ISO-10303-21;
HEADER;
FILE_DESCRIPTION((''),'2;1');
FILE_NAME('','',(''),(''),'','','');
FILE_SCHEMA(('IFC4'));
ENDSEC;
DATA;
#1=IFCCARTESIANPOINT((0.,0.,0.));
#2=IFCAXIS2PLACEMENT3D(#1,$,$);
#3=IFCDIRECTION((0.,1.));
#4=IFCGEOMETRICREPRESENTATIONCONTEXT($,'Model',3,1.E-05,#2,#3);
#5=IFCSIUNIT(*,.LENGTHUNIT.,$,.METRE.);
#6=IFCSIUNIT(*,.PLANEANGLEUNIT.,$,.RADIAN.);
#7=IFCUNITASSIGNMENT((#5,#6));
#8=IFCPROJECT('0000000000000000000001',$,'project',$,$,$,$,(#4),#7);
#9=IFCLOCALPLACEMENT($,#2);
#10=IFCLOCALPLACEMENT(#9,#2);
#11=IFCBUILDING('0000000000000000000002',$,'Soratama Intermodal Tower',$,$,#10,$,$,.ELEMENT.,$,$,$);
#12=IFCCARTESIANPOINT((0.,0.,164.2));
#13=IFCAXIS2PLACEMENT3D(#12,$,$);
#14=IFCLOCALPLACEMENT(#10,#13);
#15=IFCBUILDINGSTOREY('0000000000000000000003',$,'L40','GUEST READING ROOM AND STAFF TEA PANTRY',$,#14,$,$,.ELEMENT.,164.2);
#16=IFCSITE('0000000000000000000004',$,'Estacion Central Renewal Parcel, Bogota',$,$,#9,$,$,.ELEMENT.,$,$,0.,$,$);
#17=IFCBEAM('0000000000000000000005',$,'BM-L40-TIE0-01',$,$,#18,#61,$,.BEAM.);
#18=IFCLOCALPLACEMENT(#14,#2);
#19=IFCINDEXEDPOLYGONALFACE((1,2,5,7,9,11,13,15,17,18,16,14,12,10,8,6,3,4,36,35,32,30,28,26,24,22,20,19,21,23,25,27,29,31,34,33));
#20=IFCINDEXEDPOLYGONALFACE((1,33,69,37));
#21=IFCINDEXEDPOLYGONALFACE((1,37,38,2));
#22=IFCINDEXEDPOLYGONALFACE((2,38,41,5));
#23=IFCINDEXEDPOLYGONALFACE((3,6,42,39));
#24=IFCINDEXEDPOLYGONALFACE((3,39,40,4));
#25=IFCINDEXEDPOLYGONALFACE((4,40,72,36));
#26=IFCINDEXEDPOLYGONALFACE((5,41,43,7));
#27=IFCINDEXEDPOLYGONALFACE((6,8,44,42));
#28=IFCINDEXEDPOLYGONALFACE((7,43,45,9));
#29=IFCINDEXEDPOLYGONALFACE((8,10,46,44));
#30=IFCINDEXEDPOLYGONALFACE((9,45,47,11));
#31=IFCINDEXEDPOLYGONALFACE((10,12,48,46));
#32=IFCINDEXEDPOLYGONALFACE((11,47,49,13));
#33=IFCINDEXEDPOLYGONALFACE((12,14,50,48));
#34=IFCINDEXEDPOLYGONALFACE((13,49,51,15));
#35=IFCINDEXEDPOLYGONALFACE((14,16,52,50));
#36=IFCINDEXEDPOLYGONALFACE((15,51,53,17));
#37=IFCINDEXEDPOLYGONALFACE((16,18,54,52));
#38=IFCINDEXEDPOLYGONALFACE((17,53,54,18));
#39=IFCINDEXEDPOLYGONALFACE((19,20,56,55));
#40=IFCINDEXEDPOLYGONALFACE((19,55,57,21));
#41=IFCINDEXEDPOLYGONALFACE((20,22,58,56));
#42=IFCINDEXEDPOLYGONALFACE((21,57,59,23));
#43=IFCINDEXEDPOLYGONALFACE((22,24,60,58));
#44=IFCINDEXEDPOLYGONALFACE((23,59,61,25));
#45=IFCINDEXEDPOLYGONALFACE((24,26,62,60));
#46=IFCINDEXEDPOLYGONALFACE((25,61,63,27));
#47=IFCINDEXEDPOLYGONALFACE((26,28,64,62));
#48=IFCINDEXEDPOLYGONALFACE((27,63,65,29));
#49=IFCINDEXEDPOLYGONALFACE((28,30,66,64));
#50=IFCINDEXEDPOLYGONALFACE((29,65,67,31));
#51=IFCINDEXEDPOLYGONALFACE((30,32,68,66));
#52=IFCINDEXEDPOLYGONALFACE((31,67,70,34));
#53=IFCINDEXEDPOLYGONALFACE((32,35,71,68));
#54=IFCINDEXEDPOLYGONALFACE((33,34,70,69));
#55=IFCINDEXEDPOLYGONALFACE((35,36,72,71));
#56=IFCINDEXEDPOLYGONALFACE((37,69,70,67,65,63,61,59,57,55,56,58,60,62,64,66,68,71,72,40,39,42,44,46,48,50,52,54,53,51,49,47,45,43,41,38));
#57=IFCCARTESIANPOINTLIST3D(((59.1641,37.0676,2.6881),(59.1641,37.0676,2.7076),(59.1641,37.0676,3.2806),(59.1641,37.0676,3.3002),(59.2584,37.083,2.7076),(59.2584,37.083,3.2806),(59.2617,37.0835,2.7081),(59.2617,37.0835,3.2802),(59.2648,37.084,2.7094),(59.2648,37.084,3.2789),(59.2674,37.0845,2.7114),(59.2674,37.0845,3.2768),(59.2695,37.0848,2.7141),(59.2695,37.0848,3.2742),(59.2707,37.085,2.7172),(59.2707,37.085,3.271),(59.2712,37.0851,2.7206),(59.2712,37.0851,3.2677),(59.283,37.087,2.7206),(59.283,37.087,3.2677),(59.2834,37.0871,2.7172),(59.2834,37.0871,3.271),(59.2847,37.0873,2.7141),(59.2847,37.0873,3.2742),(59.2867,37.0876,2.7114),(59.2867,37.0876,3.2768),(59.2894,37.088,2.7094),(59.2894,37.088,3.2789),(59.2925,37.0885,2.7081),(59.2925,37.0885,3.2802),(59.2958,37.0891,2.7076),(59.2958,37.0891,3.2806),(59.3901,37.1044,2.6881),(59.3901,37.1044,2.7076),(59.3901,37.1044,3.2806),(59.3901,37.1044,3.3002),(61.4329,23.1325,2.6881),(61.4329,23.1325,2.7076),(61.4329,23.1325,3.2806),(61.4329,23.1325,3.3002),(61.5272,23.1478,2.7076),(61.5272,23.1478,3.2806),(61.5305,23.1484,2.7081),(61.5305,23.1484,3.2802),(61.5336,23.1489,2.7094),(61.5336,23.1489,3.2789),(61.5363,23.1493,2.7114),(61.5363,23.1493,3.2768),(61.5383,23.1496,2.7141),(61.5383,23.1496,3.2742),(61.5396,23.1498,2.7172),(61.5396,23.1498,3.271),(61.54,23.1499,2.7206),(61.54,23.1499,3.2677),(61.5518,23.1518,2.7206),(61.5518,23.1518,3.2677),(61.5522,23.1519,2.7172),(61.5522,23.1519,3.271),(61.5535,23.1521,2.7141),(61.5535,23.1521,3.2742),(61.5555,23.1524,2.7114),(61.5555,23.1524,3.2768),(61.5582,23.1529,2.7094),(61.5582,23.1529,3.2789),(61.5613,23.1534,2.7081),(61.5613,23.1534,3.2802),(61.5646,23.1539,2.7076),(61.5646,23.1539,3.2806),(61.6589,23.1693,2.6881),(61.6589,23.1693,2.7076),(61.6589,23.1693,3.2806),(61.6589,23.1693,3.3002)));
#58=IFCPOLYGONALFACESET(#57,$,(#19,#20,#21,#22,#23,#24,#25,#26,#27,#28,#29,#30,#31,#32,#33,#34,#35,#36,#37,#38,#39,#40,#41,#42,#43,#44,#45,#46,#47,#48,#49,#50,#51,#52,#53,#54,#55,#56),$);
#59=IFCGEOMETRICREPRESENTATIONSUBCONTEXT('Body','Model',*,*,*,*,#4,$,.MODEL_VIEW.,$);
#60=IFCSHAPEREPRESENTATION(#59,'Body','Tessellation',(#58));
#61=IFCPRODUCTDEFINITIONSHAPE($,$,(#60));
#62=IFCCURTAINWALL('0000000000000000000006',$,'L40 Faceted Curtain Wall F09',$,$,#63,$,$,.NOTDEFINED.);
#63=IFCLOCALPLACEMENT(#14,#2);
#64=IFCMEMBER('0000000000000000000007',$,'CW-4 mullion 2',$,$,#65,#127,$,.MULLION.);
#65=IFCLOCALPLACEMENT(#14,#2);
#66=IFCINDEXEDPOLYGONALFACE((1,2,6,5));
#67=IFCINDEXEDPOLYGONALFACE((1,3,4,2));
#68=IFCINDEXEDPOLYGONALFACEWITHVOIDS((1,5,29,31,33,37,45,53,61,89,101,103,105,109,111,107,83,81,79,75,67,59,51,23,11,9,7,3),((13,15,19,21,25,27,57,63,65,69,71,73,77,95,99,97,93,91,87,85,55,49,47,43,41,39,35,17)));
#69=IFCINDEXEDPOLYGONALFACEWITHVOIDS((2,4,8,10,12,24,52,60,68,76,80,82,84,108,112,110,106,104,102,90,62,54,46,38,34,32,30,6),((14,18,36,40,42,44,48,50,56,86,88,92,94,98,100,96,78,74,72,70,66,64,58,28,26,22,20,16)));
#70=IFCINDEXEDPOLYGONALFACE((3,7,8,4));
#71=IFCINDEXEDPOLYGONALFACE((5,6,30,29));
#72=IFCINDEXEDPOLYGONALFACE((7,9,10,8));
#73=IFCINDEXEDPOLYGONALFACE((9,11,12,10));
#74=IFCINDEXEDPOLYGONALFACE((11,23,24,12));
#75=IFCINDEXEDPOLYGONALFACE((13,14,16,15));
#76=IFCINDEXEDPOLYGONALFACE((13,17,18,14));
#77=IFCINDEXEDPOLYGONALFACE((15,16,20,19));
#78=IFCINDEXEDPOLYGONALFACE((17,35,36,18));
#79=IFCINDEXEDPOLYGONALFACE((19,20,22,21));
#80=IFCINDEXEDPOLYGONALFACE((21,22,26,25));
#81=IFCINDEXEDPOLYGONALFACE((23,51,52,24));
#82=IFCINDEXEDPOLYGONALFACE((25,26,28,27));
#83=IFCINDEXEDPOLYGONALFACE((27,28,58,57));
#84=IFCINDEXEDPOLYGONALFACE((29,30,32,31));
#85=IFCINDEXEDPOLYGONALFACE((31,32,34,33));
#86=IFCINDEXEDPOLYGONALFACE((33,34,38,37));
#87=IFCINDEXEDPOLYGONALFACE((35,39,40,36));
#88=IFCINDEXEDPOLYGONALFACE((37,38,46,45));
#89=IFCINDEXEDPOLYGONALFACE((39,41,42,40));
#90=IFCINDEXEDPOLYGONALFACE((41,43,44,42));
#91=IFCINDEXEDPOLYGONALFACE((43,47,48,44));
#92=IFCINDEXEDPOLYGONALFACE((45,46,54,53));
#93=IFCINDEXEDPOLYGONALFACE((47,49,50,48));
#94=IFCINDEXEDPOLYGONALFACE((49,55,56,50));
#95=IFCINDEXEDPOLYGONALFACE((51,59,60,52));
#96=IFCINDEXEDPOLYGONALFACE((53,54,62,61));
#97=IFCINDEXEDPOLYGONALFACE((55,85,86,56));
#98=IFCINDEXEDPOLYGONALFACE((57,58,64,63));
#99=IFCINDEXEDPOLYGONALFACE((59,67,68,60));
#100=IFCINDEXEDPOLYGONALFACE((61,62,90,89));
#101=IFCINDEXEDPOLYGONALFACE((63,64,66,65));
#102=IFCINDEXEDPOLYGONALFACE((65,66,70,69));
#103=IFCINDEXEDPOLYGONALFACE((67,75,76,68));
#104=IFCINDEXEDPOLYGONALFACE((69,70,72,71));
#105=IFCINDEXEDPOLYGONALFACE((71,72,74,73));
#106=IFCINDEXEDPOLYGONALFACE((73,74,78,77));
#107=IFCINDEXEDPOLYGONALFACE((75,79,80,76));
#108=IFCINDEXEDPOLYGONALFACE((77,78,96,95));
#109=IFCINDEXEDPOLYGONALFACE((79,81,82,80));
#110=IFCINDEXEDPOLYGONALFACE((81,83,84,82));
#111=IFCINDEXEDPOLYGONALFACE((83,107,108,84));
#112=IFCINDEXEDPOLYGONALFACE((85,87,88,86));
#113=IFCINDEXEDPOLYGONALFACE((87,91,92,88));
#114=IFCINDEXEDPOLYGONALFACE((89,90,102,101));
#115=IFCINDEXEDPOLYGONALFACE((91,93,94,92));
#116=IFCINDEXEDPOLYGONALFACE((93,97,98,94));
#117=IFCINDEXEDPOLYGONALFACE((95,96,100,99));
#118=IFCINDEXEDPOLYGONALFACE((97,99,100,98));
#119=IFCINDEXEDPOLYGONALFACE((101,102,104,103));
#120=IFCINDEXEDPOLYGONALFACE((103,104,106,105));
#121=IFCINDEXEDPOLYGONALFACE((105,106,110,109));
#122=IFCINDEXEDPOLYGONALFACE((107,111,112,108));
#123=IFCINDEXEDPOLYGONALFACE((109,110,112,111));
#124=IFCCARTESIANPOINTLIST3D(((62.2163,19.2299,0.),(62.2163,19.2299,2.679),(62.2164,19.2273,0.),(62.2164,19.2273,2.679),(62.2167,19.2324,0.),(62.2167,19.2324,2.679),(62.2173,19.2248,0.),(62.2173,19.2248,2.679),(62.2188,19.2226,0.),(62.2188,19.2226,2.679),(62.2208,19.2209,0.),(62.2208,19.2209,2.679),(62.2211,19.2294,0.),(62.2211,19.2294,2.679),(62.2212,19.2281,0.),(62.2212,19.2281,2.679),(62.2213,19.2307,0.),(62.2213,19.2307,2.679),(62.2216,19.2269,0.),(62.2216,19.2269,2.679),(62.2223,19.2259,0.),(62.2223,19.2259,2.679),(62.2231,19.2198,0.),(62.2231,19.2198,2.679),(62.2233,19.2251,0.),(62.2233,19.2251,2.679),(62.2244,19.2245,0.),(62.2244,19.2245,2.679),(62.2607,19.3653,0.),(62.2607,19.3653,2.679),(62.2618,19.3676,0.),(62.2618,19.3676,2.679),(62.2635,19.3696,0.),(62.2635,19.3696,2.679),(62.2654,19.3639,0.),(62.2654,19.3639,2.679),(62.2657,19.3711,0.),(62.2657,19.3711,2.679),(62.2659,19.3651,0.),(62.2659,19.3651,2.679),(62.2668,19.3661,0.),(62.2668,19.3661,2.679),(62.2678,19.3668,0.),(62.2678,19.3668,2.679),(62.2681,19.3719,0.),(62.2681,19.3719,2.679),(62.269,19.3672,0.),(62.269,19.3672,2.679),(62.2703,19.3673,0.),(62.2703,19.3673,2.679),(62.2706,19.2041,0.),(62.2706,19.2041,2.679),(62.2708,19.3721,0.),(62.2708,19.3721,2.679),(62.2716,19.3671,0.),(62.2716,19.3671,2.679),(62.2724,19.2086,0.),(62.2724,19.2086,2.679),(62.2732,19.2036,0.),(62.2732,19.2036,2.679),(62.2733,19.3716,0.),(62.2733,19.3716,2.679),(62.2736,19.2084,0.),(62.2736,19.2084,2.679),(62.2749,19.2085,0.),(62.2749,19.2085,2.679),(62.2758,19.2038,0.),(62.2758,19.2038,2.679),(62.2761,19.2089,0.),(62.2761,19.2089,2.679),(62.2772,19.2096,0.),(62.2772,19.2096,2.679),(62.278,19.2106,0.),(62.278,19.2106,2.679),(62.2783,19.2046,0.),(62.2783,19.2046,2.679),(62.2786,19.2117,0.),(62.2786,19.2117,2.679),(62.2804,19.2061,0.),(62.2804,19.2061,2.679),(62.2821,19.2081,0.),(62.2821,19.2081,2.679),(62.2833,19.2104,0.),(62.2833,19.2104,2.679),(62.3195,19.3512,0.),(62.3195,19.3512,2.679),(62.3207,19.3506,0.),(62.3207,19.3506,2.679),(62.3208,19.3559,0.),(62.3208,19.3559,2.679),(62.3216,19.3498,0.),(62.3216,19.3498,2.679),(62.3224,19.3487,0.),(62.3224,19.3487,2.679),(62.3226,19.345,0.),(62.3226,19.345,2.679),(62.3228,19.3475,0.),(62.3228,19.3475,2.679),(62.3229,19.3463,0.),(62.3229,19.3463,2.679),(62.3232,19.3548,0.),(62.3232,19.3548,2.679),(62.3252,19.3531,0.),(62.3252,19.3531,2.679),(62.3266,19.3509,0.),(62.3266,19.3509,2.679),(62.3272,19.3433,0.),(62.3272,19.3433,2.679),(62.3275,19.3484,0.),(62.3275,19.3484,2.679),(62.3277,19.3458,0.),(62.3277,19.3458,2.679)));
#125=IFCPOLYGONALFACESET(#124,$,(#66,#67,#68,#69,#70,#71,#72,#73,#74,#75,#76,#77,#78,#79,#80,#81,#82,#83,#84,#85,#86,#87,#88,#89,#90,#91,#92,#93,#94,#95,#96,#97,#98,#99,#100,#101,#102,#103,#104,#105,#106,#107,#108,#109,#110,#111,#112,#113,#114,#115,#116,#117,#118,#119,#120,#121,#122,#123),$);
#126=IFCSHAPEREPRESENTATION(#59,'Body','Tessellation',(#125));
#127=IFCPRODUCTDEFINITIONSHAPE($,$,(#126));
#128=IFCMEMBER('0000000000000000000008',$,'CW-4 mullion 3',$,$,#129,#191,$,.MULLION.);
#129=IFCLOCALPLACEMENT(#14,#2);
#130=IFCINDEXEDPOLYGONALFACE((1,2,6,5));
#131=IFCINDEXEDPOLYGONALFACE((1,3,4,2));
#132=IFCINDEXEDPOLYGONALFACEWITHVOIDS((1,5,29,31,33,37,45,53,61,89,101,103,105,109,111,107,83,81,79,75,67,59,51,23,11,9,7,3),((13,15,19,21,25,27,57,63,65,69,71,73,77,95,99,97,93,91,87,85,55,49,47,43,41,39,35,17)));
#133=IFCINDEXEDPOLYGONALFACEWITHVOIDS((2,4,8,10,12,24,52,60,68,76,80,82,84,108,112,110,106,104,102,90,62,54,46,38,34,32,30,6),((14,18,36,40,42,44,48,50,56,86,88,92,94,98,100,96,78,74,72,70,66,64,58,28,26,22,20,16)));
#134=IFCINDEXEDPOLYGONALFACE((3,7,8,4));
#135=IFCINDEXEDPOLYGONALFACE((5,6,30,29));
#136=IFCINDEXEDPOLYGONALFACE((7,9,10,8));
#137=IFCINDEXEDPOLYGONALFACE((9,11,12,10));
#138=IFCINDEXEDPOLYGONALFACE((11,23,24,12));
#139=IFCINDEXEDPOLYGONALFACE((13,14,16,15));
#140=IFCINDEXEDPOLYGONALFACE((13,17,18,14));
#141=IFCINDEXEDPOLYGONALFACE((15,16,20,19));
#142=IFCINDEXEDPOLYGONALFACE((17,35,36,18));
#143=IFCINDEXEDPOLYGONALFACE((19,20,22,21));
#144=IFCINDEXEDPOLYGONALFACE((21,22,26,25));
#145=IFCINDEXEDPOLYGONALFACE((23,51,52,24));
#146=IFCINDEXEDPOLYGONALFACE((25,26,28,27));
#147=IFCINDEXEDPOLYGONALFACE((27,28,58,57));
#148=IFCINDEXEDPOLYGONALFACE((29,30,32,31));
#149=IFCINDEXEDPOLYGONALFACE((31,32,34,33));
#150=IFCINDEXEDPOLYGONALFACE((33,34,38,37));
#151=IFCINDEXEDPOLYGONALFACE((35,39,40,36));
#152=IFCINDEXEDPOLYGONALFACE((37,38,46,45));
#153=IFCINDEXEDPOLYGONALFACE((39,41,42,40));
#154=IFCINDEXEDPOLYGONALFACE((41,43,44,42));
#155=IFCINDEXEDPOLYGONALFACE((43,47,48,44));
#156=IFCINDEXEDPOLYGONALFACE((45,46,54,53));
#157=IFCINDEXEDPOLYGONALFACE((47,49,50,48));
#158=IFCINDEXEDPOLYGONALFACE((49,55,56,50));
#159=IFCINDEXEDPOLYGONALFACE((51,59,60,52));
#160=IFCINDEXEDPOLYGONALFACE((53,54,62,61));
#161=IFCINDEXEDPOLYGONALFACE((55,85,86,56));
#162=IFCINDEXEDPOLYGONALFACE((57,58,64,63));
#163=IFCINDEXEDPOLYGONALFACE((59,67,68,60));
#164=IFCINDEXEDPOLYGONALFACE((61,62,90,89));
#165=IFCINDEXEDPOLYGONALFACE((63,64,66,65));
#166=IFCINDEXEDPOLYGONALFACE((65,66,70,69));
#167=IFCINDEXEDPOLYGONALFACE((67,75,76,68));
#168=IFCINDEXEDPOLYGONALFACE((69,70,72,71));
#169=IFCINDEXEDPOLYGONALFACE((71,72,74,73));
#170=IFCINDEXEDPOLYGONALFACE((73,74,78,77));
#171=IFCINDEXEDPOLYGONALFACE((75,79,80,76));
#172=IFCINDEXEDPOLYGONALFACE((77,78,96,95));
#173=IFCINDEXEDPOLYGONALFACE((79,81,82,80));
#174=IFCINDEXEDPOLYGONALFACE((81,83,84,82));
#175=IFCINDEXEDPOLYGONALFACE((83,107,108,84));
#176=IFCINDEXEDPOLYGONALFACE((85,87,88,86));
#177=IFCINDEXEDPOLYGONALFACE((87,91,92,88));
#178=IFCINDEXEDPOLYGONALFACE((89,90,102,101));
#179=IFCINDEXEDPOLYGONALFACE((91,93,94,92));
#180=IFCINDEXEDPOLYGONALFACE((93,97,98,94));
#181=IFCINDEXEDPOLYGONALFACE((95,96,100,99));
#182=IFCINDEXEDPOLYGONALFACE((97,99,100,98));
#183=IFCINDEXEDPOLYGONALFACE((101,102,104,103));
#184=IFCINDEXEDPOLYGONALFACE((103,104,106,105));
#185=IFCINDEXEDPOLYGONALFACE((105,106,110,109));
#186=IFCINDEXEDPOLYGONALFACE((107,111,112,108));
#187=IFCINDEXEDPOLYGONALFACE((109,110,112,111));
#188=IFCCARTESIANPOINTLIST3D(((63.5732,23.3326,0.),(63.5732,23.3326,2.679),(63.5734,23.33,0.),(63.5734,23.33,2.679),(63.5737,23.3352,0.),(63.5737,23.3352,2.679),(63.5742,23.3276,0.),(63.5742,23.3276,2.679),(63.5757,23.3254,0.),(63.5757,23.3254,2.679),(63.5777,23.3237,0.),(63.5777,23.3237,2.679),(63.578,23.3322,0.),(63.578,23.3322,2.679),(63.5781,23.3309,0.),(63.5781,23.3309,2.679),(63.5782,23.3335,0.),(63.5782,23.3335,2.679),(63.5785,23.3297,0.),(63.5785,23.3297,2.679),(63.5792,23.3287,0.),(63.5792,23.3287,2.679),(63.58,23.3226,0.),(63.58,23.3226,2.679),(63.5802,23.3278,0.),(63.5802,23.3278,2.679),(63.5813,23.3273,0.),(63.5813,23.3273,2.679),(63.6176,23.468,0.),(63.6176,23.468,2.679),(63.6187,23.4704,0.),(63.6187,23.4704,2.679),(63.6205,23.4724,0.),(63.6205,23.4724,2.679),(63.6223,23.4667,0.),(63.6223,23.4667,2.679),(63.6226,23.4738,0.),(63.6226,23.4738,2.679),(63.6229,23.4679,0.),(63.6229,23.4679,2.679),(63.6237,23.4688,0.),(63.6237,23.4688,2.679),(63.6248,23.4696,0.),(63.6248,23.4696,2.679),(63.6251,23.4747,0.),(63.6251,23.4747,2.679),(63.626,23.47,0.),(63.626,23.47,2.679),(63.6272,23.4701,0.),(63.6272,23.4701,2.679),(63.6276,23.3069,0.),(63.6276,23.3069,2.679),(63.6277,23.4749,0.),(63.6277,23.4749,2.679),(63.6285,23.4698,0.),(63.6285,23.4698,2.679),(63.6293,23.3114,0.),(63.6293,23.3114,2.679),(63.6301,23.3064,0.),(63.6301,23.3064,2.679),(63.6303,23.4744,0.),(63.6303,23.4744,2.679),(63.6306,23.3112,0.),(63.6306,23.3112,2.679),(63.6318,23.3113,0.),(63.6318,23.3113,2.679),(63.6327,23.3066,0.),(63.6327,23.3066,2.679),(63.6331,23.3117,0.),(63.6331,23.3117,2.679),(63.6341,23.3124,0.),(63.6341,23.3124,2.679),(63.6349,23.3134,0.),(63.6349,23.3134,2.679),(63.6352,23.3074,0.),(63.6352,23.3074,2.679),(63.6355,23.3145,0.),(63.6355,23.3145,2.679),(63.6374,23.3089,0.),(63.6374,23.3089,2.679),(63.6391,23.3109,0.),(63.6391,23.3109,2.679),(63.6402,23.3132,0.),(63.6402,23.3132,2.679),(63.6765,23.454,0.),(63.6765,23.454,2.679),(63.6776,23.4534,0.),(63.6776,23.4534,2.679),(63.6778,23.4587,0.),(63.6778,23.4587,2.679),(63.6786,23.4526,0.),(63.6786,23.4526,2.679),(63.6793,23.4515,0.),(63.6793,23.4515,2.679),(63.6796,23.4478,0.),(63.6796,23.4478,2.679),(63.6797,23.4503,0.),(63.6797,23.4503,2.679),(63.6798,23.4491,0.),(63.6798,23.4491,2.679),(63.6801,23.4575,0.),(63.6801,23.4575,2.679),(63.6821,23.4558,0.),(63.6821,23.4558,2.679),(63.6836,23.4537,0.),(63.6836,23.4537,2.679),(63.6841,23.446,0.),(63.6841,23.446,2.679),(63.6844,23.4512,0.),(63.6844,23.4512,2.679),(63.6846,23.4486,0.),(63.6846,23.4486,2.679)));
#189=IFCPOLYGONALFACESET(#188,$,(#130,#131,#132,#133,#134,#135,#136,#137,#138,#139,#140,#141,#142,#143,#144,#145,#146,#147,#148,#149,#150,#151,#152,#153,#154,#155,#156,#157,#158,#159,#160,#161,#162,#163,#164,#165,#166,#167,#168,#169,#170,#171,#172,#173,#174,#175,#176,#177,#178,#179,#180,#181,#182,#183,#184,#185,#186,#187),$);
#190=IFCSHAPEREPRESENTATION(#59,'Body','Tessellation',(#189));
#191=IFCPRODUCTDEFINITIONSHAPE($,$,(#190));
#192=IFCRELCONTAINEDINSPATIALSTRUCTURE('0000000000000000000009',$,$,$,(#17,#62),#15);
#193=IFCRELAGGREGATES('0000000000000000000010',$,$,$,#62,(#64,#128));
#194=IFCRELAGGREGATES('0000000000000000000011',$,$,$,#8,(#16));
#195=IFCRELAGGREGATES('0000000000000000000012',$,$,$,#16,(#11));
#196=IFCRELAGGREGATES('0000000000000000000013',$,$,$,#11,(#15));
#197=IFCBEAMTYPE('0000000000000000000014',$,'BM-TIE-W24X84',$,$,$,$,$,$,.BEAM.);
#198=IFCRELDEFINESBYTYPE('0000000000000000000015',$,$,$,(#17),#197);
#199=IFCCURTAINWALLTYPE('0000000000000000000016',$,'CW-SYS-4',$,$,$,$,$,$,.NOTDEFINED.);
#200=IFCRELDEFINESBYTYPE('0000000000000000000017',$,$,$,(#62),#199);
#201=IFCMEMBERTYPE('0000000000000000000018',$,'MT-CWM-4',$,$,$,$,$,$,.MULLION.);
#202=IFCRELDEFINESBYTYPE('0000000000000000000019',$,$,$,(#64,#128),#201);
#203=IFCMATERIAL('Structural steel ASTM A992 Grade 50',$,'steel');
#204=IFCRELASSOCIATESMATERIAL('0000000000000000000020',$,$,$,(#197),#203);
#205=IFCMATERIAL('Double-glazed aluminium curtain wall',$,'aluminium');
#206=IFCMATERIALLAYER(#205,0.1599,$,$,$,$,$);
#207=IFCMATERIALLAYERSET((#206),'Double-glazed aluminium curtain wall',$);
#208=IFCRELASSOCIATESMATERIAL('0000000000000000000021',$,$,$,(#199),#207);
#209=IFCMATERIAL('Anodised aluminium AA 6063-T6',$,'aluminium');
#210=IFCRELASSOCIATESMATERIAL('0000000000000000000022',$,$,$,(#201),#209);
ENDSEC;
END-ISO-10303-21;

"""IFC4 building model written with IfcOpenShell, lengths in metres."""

from ifc_helpers import new_model, si_unit, direction, frame, origin, origin_2d, place, context, subcontext, project, spatial, hollow_rectangle, i_section, extrude, material, layer, layer_set, material_profile, profile_set, type_object, element, aggregate, save


model = new_model("IFC4")

# Units and contexts
model_context = context("Model", 3, precision=1e-05, world=origin(), true_north=direction((0.0, 1.0)))
body_context = subcontext(model_context, "Body", "Model", "MODEL_VIEW")
ifc_project = project(units=[si_unit("LENGTHUNIT", "METRE"), si_unit("PLANEANGLEUNIT", "RADIAN")], contexts=[model_context])

# Site, building, storey
site_placement = place(None, origin())
site = spatial("IfcSite", under=ifc_project, at=site_placement, Name="Estacion Central Renewal Parcel, Bogota", CompositionType="ELEMENT", RefElevation=0.0)
building_placement = place(site_placement, origin())
building = spatial("IfcBuilding", under=site, at=building_placement, Name="Soratama Intermodal Tower", CompositionType="ELEMENT")
storey_placement = place(building_placement, frame((0.0, 0.0, 164.2)))
storey = spatial("IfcBuildingStorey", under=building, at=storey_placement, Name="L40", Description="GUEST READING ROOM AND STAFF TEA PANTRY", CompositionType="ELEMENT", Elevation=164.2)

# Beam
ifc_material_1 = material(Name="Structural steel ASTM A992 Grade 50", Category="steel")
ifc_material_profile_1 = material_profile(ifc_material_1, i_section(OverallWidth=0.229, OverallDepth=0.6121, WebThickness=0.012, FlangeThickness=0.0195, FilletRadius=0.0129, at=origin_2d()), Name="W24X84")
ifc_profile_set_1 = profile_set([ifc_material_profile_1], Name="Structural steel ASTM A992 Grade 50")
beam_type_1 = type_object("IfcBeamType", Name="BM-TIE-W24X84", PredefinedType="BEAM", material=ifc_profile_set_1)
beam_1_placement = place(storey_placement, frame((61.5459, 23.1509, 2.9941), z_axis=(-0.160696, 0.987004, 0.0), x_axis=(-0.987004, -0.160696, 0.0)))
element("IfcBeam", 1, at=beam_1_placement, inside=storey, type_object=beam_type_1, Name="BM-L40-TIE0-01", PredefinedType="BEAM", context=body_context, shape_type="SweptSolid", body=[
    extrude(i_section(OverallWidth=0.229, OverallDepth=0.6121, WebThickness=0.012, FlangeThickness=0.0195, FilletRadius=0.0129, at=origin_2d()), origin(), (0.0, 0.0, 1.0), 14.1187),
])

# Curtain wall, members
ifc_material_2 = material(Name="Double-glazed aluminium curtain wall", Category="aluminium")
ifc_layer_1 = layer(ifc_material_2, 0.1599)
ifc_layer_set_1 = layer_set([ifc_layer_1], Name="Double-glazed aluminium curtain wall")
curtain_wall_type = type_object("IfcCurtainWallType", Name="CW-SYS-4", PredefinedType="NOTDEFINED", material=ifc_layer_set_1)
curtain_wall_placement = place(storey_placement, origin())
curtain_wall = element("IfcCurtainWall", 2, at=curtain_wall_placement, inside=storey, type_object=curtain_wall_type, Name="L40 Faceted Curtain Wall F09", PredefinedType="NOTDEFINED")
ifc_material_3 = material(Name="Anodised aluminium AA 6063-T6", Category="aluminium")
ifc_material_profile_2 = material_profile(ifc_material_3, hollow_rectangle(XDim=0.0701, YDim=0.1599, WallThickness=0.0049, InnerFilletRadius=0.0049, OuterFilletRadius=0.01, at=origin_2d()), Name="CWM160X70X5")
ifc_profile_set_2 = profile_set([ifc_material_profile_2], Name="Anodised aluminium AA 6063-T6")
member_type_1 = type_object("IfcMemberType", Name="MT-CWM-4", PredefinedType="MULLION", material=ifc_profile_set_2)
member_1_placement = place(storey_placement, frame((62.272, 19.2878, 0.0), z_axis=(0.0, 0.0, 1.0), x_axis=(-0.949425, 0.313993, 0.0)))
member_1 = element("IfcMember", 3, at=member_1_placement, type_object=member_type_1, Name="CW-4 mullion 2", PredefinedType="MULLION", context=body_context, shape_type="SweptSolid", body=[
    extrude(hollow_rectangle(XDim=0.0701, YDim=0.1599, WallThickness=0.0049, InnerFilletRadius=0.0049, OuterFilletRadius=0.01, at=origin_2d()), origin(), (0.0, 0.0, 1.0), 2.679),
])
member_2_placement = place(storey_placement, frame((63.6289, 23.3906, 0.0), z_axis=(0.0, 0.0, 1.0), x_axis=(-0.949425, 0.313993, 0.0)))
member_2 = element("IfcMember", 4, at=member_2_placement, type_object=member_type_1, Name="CW-4 mullion 3", PredefinedType="MULLION", context=body_context, shape_type="SweptSolid", body=[
    extrude(hollow_rectangle(XDim=0.0701, YDim=0.1599, WallThickness=0.0049, InnerFilletRadius=0.0049, OuterFilletRadius=0.01, at=origin_2d()), origin(), (0.0, 0.0, 1.0), 2.679),
])
aggregate(curtain_wall, [member_1, member_2])

save(model, "model.ifc")
